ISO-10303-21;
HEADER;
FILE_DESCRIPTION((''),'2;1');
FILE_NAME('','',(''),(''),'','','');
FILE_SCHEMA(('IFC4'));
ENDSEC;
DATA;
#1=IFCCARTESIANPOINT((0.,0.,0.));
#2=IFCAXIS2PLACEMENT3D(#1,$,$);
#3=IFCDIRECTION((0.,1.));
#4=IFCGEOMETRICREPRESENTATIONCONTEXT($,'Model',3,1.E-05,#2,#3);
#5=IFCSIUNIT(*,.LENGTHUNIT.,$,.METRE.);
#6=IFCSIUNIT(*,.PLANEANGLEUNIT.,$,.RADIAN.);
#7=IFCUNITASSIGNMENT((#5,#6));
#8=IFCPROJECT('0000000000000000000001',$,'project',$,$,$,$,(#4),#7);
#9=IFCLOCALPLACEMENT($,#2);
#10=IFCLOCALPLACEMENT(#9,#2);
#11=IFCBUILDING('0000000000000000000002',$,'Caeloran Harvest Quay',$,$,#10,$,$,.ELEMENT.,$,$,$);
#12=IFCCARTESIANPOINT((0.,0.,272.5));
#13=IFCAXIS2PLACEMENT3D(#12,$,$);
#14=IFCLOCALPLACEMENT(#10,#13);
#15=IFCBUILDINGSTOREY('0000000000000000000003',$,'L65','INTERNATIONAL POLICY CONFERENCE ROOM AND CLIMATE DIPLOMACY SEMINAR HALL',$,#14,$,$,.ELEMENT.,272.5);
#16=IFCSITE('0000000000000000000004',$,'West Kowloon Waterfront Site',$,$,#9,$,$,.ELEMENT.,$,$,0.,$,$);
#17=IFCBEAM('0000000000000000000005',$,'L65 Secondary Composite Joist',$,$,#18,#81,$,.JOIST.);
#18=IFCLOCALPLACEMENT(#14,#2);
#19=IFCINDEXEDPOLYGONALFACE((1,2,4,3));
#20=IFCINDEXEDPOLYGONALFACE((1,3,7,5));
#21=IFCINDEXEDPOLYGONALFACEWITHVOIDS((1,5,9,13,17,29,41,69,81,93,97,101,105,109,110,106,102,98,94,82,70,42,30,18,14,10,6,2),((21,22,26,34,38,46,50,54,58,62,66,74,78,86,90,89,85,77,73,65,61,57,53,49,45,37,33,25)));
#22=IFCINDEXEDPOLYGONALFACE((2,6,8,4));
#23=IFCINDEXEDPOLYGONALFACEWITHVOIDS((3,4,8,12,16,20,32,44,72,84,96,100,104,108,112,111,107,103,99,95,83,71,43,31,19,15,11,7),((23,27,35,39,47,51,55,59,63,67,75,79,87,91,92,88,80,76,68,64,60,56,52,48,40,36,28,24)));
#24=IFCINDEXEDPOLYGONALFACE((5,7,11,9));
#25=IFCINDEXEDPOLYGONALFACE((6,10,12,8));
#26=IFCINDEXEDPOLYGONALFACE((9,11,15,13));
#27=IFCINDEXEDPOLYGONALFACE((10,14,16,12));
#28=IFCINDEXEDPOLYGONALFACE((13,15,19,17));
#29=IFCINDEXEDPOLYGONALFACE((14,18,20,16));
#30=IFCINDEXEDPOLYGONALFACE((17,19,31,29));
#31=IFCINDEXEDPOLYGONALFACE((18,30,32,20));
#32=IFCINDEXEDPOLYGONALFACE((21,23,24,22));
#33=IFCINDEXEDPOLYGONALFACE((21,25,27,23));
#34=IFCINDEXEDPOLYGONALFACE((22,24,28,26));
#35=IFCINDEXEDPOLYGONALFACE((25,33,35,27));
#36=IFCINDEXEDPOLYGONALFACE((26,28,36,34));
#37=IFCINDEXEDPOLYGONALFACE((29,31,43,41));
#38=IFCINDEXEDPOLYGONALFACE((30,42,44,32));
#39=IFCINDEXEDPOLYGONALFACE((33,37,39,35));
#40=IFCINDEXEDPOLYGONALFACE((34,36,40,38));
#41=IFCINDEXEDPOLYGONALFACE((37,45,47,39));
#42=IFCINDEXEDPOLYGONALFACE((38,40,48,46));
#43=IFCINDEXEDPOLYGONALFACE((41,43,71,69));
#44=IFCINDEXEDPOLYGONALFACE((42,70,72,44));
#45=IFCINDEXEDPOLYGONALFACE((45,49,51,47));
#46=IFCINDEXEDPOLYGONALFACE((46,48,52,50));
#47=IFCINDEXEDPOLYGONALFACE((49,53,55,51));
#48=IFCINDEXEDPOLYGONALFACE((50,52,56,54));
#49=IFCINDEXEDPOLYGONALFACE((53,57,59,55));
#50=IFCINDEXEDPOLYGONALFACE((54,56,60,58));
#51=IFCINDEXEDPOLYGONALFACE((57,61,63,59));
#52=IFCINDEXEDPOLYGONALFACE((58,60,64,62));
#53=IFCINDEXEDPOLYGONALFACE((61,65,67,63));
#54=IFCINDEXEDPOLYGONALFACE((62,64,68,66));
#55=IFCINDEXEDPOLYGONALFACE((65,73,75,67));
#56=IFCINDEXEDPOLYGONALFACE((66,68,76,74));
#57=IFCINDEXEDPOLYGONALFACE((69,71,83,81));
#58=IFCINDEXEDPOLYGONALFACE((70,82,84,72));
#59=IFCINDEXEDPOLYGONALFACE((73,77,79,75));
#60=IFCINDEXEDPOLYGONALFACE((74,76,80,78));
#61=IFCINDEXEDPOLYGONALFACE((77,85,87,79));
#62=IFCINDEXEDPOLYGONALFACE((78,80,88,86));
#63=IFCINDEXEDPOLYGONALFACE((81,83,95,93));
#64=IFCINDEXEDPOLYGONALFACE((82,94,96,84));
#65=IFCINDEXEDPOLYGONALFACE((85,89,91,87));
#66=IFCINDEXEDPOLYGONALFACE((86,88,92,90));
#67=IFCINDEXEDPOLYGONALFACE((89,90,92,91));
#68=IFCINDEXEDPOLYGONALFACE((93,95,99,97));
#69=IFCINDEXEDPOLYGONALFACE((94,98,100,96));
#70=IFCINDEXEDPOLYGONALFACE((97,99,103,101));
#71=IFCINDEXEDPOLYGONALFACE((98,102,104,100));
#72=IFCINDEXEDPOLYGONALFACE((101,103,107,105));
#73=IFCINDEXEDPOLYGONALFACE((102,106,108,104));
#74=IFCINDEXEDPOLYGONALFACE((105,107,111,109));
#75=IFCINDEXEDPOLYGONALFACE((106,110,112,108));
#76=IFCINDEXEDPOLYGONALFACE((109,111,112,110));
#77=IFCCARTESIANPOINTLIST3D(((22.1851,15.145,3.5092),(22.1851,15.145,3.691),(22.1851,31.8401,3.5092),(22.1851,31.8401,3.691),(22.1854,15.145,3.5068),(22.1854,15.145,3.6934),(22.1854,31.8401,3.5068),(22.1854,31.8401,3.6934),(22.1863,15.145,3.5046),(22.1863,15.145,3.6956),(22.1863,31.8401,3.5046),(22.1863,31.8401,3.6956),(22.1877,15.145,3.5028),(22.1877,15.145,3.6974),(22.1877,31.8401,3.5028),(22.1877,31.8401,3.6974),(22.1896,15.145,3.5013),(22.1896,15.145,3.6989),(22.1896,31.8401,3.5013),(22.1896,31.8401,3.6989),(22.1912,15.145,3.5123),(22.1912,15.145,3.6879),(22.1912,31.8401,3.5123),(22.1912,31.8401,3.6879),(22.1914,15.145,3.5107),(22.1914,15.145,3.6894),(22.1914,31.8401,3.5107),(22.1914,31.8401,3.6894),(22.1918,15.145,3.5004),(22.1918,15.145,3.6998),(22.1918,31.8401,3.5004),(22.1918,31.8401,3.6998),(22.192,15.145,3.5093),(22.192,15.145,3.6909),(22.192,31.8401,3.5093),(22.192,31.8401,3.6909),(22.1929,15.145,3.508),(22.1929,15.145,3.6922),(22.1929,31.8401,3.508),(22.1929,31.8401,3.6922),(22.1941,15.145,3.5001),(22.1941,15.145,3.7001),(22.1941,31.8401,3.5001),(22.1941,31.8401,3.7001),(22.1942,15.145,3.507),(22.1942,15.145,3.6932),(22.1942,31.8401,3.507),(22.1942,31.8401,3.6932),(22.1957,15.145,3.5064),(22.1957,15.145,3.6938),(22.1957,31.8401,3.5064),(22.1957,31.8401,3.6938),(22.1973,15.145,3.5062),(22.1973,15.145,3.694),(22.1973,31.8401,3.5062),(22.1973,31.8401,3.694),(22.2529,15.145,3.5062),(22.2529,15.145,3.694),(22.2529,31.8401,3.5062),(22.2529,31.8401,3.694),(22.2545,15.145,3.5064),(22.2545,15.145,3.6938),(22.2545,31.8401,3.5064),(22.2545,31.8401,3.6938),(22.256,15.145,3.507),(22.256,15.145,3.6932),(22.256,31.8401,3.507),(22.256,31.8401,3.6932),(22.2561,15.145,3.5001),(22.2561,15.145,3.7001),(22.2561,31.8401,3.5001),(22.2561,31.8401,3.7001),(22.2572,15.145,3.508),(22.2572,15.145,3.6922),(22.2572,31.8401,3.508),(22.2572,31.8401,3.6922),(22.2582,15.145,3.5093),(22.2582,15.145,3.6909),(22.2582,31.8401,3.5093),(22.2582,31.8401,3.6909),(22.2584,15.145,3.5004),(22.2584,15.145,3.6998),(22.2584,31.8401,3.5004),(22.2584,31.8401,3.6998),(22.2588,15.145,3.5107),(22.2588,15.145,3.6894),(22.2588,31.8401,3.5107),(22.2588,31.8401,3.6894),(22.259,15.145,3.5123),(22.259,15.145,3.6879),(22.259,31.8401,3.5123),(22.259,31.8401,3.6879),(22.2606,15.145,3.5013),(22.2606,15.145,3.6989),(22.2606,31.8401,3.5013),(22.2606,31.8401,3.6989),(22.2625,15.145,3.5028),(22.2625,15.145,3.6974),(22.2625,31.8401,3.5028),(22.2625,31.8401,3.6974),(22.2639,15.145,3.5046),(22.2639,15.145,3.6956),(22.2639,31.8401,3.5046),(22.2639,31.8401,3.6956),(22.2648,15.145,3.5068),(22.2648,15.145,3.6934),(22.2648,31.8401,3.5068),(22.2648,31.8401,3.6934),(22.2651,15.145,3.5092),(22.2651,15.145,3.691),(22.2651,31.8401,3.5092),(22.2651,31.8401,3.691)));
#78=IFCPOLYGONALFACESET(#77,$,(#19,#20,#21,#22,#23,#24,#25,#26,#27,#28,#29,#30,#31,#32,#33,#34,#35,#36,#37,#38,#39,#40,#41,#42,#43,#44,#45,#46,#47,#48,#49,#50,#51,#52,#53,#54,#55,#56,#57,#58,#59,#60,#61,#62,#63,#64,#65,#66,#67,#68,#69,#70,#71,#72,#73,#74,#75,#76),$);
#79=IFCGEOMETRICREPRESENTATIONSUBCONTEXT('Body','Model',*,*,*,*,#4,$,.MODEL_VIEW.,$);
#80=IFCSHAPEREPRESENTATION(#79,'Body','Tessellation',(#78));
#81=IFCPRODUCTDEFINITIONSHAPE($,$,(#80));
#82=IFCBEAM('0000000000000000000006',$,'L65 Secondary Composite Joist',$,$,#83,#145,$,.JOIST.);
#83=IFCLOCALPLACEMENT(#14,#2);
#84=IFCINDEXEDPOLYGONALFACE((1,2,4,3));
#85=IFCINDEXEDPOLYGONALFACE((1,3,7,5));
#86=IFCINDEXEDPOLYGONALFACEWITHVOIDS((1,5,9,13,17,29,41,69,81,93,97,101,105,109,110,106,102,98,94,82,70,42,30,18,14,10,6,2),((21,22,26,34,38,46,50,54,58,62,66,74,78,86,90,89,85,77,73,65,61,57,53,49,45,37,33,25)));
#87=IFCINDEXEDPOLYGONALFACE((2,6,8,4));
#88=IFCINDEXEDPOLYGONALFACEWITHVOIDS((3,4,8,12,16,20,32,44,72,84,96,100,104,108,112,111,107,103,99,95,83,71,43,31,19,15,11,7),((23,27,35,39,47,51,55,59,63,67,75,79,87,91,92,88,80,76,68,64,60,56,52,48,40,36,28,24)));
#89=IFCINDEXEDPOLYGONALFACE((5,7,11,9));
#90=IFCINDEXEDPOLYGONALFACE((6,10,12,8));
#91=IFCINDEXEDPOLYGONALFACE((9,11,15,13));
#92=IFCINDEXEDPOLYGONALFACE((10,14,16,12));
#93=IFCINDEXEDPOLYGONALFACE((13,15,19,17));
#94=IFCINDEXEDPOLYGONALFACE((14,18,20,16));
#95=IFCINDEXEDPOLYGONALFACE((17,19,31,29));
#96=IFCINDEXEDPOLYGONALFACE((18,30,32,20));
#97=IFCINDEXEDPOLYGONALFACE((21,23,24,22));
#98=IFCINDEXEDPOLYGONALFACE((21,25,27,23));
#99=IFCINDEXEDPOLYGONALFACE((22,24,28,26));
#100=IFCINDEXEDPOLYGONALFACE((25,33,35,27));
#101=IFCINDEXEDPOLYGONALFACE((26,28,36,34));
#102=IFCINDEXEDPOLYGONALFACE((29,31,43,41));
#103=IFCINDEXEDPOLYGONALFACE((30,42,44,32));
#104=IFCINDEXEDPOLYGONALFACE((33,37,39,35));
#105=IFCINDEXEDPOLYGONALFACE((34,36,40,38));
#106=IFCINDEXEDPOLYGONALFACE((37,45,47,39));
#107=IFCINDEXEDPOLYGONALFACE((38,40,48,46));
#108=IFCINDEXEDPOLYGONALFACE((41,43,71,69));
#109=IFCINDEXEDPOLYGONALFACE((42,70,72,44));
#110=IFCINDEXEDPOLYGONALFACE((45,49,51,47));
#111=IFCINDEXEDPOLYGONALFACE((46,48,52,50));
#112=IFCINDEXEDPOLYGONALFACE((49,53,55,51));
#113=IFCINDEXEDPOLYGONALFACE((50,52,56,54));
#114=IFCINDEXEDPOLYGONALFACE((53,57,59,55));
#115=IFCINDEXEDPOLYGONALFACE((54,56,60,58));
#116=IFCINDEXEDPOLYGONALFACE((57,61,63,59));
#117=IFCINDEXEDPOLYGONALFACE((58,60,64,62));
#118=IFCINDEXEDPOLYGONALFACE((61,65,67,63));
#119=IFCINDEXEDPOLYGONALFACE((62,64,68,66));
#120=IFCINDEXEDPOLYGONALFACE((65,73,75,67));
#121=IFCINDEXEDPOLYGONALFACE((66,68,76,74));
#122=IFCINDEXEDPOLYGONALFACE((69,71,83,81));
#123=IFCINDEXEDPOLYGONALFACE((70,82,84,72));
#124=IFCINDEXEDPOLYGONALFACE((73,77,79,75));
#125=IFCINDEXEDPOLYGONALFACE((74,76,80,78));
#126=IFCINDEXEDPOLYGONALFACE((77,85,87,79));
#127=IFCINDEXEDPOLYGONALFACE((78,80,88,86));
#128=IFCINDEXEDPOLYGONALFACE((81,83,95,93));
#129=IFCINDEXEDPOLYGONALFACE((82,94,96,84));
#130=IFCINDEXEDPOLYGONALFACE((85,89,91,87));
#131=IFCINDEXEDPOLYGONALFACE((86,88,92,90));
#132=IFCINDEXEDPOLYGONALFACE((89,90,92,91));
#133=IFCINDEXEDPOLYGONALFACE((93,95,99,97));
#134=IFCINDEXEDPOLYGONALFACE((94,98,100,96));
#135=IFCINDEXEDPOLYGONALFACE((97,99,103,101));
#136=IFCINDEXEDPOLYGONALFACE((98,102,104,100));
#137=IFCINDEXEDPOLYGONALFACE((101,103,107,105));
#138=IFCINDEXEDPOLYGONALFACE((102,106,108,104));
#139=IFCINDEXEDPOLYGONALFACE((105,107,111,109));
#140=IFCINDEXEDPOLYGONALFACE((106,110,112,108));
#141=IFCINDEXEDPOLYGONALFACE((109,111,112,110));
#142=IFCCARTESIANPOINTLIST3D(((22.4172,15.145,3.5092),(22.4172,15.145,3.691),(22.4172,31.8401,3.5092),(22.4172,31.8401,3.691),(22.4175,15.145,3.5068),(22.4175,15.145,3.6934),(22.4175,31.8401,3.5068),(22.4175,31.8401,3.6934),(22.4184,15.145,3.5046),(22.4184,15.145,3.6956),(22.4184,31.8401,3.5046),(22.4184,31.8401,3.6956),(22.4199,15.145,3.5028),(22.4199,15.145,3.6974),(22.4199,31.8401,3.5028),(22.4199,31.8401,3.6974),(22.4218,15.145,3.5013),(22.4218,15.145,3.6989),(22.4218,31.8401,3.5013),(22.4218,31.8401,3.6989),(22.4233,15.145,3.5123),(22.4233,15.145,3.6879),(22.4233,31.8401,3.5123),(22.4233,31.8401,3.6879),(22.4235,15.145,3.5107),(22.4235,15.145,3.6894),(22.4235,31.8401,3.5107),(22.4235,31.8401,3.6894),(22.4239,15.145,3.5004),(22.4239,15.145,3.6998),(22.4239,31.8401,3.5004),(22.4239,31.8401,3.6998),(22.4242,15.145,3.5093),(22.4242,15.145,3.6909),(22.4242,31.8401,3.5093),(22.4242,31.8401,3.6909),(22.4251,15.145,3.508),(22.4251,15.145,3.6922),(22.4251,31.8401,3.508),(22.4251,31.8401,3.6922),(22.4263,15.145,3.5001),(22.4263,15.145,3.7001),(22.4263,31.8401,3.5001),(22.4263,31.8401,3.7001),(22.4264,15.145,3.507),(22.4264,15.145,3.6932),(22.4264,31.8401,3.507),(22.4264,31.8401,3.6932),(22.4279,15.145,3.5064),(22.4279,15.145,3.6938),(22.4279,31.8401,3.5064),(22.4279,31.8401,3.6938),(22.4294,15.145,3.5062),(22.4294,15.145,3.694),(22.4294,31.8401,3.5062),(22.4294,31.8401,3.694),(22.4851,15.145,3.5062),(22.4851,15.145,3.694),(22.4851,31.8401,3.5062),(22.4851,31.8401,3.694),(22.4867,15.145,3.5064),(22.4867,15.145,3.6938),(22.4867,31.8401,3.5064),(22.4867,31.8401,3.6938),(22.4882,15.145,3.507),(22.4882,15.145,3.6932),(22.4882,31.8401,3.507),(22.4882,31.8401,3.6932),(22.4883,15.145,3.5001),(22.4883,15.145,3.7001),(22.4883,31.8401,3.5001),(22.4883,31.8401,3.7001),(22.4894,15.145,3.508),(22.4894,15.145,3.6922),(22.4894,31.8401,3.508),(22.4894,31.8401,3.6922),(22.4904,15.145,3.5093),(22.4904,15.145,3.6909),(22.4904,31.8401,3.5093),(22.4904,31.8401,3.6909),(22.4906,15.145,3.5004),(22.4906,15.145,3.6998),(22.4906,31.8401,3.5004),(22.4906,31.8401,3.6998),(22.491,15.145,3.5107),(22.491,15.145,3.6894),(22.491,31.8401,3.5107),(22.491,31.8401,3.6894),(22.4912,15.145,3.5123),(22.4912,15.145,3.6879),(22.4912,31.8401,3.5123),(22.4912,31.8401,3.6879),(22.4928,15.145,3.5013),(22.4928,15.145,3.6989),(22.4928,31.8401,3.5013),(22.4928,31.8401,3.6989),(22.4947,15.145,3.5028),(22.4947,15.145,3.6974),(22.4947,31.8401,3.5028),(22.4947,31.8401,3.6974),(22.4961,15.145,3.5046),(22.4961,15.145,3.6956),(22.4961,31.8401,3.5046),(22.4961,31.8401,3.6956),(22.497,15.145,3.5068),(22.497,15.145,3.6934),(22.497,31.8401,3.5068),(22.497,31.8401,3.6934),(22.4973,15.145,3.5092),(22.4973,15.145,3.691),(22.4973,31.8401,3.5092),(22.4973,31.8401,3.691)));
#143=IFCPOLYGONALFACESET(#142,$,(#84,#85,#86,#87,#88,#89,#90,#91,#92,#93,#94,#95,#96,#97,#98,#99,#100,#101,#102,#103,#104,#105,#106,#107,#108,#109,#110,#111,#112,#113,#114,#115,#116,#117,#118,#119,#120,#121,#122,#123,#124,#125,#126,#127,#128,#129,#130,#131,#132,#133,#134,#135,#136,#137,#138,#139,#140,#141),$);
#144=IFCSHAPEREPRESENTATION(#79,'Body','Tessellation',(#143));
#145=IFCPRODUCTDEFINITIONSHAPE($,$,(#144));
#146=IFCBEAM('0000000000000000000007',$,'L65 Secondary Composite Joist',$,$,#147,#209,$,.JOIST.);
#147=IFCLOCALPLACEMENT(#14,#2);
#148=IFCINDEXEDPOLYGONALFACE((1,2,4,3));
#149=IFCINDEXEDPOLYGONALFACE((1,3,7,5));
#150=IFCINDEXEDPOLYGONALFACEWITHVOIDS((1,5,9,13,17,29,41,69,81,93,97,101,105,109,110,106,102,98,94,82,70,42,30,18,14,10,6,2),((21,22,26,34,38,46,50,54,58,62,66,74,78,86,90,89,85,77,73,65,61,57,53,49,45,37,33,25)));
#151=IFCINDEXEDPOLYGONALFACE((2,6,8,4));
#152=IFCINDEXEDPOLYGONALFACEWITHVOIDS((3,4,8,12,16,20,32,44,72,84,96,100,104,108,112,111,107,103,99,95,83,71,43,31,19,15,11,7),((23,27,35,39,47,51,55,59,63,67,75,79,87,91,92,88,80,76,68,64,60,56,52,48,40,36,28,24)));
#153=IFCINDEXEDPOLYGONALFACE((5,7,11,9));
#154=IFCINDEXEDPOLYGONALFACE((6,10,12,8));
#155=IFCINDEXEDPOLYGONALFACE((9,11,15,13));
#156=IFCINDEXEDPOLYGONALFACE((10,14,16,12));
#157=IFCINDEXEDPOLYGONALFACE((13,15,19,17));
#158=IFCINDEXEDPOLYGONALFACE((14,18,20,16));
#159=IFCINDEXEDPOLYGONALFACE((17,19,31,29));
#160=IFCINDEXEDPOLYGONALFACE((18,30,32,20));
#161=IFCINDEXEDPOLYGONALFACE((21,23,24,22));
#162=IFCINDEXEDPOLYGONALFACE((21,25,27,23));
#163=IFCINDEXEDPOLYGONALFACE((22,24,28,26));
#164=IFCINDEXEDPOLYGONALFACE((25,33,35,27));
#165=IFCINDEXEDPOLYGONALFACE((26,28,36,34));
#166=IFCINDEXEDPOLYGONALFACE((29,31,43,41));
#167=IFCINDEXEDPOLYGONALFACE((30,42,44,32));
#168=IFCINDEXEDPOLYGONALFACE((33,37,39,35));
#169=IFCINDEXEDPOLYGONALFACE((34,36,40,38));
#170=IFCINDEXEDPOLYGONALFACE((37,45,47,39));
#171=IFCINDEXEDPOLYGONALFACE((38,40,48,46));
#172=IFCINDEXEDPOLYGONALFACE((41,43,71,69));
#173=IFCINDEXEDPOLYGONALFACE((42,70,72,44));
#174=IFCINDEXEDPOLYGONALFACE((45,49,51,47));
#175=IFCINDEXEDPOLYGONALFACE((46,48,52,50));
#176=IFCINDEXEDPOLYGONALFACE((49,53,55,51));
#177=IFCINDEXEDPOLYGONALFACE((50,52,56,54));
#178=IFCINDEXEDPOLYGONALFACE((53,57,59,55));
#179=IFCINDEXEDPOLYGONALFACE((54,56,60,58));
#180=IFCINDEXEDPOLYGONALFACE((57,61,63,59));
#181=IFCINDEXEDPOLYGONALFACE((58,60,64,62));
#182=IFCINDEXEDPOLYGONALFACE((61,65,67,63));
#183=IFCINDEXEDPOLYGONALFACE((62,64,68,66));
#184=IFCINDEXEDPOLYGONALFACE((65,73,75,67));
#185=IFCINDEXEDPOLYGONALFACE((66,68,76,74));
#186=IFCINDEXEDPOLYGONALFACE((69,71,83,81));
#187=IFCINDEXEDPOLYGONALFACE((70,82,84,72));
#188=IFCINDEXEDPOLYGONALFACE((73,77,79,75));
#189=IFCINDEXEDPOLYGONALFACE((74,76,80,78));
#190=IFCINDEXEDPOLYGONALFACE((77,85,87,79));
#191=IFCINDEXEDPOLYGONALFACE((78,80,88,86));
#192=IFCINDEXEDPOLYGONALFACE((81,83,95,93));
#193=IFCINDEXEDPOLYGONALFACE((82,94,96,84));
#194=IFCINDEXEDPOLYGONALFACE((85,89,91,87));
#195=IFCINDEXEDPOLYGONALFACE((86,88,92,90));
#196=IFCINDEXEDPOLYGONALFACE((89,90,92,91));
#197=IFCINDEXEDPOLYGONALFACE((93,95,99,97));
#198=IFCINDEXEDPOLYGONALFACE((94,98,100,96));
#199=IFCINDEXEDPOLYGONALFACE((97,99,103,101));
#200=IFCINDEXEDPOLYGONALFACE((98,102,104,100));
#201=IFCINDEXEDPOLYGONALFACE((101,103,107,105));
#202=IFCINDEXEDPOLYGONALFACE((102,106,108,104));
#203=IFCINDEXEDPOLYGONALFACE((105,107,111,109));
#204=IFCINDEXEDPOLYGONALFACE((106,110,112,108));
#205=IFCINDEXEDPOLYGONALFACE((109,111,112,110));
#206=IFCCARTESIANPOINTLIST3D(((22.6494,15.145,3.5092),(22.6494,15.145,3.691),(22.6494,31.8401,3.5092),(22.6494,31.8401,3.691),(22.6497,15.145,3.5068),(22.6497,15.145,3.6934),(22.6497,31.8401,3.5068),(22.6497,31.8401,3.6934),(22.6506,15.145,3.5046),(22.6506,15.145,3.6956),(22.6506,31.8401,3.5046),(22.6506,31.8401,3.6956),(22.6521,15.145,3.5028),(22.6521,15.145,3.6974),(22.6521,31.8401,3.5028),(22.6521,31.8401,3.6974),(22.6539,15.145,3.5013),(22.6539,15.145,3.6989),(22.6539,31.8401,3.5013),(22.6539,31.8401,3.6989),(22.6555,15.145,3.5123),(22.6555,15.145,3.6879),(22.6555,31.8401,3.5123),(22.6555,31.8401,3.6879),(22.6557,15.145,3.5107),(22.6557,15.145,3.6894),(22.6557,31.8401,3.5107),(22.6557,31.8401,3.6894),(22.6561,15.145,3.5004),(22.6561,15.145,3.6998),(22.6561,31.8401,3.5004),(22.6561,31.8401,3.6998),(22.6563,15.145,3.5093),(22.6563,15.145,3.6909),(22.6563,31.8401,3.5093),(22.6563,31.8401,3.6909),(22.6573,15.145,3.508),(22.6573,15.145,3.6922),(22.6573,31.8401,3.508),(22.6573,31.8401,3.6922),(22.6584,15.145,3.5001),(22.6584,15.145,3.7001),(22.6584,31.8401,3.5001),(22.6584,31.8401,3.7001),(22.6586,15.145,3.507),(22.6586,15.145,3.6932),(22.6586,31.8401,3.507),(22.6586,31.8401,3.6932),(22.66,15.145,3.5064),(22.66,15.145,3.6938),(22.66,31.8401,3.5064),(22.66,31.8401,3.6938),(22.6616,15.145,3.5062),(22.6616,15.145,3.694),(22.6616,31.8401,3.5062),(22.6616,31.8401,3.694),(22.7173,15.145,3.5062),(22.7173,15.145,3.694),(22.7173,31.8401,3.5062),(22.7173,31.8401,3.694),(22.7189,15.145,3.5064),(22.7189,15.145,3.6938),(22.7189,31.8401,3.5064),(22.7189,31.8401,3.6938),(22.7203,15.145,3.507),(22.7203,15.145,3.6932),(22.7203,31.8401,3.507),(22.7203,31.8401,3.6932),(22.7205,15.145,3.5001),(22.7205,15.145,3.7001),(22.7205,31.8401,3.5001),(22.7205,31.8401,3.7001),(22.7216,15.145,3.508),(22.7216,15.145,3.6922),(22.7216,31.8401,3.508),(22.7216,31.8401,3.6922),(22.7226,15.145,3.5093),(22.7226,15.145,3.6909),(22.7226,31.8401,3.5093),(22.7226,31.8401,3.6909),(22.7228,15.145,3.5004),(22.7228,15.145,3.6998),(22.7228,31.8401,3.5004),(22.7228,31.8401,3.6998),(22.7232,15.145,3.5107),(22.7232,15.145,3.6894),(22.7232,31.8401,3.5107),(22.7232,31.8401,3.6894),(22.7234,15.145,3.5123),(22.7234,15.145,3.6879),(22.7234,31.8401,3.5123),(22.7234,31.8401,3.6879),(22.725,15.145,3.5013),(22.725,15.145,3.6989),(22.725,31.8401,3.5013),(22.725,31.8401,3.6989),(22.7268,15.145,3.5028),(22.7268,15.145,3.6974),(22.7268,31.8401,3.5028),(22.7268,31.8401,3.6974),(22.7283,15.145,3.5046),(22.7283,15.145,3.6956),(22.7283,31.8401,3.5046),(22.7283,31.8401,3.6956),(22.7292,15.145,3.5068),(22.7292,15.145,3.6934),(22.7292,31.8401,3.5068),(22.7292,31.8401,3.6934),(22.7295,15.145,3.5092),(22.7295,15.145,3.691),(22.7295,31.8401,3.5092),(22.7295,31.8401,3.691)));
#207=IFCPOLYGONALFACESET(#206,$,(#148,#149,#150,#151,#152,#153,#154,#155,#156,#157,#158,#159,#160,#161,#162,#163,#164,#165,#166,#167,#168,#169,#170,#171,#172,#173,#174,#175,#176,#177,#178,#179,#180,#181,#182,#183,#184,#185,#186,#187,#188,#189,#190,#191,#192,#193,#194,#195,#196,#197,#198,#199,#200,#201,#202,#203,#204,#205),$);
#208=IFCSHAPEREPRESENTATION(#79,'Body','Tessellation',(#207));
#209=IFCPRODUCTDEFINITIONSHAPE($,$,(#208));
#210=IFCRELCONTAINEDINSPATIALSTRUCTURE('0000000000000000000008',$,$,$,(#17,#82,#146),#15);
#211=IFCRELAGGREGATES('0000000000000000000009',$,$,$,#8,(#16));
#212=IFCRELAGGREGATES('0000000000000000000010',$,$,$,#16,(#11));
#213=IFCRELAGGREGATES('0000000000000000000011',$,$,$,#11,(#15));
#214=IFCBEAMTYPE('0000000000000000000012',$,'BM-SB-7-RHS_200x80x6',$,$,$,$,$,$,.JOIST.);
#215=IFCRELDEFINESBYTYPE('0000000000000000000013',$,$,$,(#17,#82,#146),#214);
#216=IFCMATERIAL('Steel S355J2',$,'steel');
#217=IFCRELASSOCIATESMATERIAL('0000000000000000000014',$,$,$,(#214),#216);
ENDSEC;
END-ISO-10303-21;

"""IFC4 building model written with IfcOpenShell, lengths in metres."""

from ifc_helpers import new_model, si_unit, direction, frame, origin, origin_2d, place, context, subcontext, project, spatial, hollow_rectangle, extrude, material, material_profile, profile_set, type_object, element, save


model = new_model("IFC4")

# Units and contexts
model_context = context("Model", 3, precision=1e-05, world=origin(), true_north=direction((0.0, 1.0)))
body_context = subcontext(model_context, "Body", "Model", "MODEL_VIEW")
ifc_project = project(units=[si_unit("LENGTHUNIT", "METRE"), si_unit("PLANEANGLEUNIT", "RADIAN")], contexts=[model_context])

# Site, building, storey
site_placement = place(None, origin())
site = spatial("IfcSite", under=ifc_project, at=site_placement, Name="West Kowloon Waterfront Site", CompositionType="ELEMENT", RefElevation=0.0)
building_placement = place(site_placement, origin())
building = spatial("IfcBuilding", under=site, at=building_placement, Name="Caeloran Harvest Quay", CompositionType="ELEMENT")
storey_placement = place(building_placement, frame((0.0, 0.0, 272.5)))
storey = spatial("IfcBuildingStorey", under=building, at=storey_placement, Name="L65", Description="INTERNATIONAL POLICY CONFERENCE ROOM AND CLIMATE DIPLOMACY SEMINAR HALL", CompositionType="ELEMENT", Elevation=272.5)

# Beams
ifc_material_1 = material(Name="Steel S355J2", Category="steel")
ifc_material_profile_1 = material_profile(ifc_material_1, hollow_rectangle(XDim=0.0801, YDim=0.2, WallThickness=0.0061, InnerFilletRadius=0.0061, OuterFilletRadius=0.009, at=origin_2d()), Name="RHS 200x80x6")
ifc_profile_set_1 = profile_set([ifc_material_profile_1], Name="Steel S355J2")
beam_type_1 = type_object("IfcBeamType", Name="BM-SB-7-RHS_200x80x6", PredefinedType="JOIST", material=ifc_profile_set_1)
for number, where, z_axis, x_axis, name in (
    (1, (22.2251, 15.145, 3.6001), (0.0, 1.0, 0.0), (-1.0, 0.0, 0.0), "L65 Secondary Composite Joist"),
    (2, (22.4573, 15.145, 3.6001), (0.0, 1.0, 0.0), (-1.0, 0.0, 0.0), "L65 Secondary Composite Joist"),
    (3, (22.6895, 15.145, 3.6001), (0.0, 1.0, 0.0), (-1.0, 0.0, 0.0), "L65 Secondary Composite Joist"),
):
    element("IfcBeam", number, at=place(storey_placement, frame(where, z_axis=z_axis, x_axis=x_axis)), inside=storey, type_object=beam_type_1, Name=name, PredefinedType="JOIST", context=body_context, shape_type="SweptSolid", body=[
        extrude(hollow_rectangle(XDim=0.0801, YDim=0.2, WallThickness=0.0061, InnerFilletRadius=0.0061, OuterFilletRadius=0.009, at=origin_2d()), origin(), (0.0, 0.0, 1.0), 16.6951),
    ])

save(model, "model.ifc")
